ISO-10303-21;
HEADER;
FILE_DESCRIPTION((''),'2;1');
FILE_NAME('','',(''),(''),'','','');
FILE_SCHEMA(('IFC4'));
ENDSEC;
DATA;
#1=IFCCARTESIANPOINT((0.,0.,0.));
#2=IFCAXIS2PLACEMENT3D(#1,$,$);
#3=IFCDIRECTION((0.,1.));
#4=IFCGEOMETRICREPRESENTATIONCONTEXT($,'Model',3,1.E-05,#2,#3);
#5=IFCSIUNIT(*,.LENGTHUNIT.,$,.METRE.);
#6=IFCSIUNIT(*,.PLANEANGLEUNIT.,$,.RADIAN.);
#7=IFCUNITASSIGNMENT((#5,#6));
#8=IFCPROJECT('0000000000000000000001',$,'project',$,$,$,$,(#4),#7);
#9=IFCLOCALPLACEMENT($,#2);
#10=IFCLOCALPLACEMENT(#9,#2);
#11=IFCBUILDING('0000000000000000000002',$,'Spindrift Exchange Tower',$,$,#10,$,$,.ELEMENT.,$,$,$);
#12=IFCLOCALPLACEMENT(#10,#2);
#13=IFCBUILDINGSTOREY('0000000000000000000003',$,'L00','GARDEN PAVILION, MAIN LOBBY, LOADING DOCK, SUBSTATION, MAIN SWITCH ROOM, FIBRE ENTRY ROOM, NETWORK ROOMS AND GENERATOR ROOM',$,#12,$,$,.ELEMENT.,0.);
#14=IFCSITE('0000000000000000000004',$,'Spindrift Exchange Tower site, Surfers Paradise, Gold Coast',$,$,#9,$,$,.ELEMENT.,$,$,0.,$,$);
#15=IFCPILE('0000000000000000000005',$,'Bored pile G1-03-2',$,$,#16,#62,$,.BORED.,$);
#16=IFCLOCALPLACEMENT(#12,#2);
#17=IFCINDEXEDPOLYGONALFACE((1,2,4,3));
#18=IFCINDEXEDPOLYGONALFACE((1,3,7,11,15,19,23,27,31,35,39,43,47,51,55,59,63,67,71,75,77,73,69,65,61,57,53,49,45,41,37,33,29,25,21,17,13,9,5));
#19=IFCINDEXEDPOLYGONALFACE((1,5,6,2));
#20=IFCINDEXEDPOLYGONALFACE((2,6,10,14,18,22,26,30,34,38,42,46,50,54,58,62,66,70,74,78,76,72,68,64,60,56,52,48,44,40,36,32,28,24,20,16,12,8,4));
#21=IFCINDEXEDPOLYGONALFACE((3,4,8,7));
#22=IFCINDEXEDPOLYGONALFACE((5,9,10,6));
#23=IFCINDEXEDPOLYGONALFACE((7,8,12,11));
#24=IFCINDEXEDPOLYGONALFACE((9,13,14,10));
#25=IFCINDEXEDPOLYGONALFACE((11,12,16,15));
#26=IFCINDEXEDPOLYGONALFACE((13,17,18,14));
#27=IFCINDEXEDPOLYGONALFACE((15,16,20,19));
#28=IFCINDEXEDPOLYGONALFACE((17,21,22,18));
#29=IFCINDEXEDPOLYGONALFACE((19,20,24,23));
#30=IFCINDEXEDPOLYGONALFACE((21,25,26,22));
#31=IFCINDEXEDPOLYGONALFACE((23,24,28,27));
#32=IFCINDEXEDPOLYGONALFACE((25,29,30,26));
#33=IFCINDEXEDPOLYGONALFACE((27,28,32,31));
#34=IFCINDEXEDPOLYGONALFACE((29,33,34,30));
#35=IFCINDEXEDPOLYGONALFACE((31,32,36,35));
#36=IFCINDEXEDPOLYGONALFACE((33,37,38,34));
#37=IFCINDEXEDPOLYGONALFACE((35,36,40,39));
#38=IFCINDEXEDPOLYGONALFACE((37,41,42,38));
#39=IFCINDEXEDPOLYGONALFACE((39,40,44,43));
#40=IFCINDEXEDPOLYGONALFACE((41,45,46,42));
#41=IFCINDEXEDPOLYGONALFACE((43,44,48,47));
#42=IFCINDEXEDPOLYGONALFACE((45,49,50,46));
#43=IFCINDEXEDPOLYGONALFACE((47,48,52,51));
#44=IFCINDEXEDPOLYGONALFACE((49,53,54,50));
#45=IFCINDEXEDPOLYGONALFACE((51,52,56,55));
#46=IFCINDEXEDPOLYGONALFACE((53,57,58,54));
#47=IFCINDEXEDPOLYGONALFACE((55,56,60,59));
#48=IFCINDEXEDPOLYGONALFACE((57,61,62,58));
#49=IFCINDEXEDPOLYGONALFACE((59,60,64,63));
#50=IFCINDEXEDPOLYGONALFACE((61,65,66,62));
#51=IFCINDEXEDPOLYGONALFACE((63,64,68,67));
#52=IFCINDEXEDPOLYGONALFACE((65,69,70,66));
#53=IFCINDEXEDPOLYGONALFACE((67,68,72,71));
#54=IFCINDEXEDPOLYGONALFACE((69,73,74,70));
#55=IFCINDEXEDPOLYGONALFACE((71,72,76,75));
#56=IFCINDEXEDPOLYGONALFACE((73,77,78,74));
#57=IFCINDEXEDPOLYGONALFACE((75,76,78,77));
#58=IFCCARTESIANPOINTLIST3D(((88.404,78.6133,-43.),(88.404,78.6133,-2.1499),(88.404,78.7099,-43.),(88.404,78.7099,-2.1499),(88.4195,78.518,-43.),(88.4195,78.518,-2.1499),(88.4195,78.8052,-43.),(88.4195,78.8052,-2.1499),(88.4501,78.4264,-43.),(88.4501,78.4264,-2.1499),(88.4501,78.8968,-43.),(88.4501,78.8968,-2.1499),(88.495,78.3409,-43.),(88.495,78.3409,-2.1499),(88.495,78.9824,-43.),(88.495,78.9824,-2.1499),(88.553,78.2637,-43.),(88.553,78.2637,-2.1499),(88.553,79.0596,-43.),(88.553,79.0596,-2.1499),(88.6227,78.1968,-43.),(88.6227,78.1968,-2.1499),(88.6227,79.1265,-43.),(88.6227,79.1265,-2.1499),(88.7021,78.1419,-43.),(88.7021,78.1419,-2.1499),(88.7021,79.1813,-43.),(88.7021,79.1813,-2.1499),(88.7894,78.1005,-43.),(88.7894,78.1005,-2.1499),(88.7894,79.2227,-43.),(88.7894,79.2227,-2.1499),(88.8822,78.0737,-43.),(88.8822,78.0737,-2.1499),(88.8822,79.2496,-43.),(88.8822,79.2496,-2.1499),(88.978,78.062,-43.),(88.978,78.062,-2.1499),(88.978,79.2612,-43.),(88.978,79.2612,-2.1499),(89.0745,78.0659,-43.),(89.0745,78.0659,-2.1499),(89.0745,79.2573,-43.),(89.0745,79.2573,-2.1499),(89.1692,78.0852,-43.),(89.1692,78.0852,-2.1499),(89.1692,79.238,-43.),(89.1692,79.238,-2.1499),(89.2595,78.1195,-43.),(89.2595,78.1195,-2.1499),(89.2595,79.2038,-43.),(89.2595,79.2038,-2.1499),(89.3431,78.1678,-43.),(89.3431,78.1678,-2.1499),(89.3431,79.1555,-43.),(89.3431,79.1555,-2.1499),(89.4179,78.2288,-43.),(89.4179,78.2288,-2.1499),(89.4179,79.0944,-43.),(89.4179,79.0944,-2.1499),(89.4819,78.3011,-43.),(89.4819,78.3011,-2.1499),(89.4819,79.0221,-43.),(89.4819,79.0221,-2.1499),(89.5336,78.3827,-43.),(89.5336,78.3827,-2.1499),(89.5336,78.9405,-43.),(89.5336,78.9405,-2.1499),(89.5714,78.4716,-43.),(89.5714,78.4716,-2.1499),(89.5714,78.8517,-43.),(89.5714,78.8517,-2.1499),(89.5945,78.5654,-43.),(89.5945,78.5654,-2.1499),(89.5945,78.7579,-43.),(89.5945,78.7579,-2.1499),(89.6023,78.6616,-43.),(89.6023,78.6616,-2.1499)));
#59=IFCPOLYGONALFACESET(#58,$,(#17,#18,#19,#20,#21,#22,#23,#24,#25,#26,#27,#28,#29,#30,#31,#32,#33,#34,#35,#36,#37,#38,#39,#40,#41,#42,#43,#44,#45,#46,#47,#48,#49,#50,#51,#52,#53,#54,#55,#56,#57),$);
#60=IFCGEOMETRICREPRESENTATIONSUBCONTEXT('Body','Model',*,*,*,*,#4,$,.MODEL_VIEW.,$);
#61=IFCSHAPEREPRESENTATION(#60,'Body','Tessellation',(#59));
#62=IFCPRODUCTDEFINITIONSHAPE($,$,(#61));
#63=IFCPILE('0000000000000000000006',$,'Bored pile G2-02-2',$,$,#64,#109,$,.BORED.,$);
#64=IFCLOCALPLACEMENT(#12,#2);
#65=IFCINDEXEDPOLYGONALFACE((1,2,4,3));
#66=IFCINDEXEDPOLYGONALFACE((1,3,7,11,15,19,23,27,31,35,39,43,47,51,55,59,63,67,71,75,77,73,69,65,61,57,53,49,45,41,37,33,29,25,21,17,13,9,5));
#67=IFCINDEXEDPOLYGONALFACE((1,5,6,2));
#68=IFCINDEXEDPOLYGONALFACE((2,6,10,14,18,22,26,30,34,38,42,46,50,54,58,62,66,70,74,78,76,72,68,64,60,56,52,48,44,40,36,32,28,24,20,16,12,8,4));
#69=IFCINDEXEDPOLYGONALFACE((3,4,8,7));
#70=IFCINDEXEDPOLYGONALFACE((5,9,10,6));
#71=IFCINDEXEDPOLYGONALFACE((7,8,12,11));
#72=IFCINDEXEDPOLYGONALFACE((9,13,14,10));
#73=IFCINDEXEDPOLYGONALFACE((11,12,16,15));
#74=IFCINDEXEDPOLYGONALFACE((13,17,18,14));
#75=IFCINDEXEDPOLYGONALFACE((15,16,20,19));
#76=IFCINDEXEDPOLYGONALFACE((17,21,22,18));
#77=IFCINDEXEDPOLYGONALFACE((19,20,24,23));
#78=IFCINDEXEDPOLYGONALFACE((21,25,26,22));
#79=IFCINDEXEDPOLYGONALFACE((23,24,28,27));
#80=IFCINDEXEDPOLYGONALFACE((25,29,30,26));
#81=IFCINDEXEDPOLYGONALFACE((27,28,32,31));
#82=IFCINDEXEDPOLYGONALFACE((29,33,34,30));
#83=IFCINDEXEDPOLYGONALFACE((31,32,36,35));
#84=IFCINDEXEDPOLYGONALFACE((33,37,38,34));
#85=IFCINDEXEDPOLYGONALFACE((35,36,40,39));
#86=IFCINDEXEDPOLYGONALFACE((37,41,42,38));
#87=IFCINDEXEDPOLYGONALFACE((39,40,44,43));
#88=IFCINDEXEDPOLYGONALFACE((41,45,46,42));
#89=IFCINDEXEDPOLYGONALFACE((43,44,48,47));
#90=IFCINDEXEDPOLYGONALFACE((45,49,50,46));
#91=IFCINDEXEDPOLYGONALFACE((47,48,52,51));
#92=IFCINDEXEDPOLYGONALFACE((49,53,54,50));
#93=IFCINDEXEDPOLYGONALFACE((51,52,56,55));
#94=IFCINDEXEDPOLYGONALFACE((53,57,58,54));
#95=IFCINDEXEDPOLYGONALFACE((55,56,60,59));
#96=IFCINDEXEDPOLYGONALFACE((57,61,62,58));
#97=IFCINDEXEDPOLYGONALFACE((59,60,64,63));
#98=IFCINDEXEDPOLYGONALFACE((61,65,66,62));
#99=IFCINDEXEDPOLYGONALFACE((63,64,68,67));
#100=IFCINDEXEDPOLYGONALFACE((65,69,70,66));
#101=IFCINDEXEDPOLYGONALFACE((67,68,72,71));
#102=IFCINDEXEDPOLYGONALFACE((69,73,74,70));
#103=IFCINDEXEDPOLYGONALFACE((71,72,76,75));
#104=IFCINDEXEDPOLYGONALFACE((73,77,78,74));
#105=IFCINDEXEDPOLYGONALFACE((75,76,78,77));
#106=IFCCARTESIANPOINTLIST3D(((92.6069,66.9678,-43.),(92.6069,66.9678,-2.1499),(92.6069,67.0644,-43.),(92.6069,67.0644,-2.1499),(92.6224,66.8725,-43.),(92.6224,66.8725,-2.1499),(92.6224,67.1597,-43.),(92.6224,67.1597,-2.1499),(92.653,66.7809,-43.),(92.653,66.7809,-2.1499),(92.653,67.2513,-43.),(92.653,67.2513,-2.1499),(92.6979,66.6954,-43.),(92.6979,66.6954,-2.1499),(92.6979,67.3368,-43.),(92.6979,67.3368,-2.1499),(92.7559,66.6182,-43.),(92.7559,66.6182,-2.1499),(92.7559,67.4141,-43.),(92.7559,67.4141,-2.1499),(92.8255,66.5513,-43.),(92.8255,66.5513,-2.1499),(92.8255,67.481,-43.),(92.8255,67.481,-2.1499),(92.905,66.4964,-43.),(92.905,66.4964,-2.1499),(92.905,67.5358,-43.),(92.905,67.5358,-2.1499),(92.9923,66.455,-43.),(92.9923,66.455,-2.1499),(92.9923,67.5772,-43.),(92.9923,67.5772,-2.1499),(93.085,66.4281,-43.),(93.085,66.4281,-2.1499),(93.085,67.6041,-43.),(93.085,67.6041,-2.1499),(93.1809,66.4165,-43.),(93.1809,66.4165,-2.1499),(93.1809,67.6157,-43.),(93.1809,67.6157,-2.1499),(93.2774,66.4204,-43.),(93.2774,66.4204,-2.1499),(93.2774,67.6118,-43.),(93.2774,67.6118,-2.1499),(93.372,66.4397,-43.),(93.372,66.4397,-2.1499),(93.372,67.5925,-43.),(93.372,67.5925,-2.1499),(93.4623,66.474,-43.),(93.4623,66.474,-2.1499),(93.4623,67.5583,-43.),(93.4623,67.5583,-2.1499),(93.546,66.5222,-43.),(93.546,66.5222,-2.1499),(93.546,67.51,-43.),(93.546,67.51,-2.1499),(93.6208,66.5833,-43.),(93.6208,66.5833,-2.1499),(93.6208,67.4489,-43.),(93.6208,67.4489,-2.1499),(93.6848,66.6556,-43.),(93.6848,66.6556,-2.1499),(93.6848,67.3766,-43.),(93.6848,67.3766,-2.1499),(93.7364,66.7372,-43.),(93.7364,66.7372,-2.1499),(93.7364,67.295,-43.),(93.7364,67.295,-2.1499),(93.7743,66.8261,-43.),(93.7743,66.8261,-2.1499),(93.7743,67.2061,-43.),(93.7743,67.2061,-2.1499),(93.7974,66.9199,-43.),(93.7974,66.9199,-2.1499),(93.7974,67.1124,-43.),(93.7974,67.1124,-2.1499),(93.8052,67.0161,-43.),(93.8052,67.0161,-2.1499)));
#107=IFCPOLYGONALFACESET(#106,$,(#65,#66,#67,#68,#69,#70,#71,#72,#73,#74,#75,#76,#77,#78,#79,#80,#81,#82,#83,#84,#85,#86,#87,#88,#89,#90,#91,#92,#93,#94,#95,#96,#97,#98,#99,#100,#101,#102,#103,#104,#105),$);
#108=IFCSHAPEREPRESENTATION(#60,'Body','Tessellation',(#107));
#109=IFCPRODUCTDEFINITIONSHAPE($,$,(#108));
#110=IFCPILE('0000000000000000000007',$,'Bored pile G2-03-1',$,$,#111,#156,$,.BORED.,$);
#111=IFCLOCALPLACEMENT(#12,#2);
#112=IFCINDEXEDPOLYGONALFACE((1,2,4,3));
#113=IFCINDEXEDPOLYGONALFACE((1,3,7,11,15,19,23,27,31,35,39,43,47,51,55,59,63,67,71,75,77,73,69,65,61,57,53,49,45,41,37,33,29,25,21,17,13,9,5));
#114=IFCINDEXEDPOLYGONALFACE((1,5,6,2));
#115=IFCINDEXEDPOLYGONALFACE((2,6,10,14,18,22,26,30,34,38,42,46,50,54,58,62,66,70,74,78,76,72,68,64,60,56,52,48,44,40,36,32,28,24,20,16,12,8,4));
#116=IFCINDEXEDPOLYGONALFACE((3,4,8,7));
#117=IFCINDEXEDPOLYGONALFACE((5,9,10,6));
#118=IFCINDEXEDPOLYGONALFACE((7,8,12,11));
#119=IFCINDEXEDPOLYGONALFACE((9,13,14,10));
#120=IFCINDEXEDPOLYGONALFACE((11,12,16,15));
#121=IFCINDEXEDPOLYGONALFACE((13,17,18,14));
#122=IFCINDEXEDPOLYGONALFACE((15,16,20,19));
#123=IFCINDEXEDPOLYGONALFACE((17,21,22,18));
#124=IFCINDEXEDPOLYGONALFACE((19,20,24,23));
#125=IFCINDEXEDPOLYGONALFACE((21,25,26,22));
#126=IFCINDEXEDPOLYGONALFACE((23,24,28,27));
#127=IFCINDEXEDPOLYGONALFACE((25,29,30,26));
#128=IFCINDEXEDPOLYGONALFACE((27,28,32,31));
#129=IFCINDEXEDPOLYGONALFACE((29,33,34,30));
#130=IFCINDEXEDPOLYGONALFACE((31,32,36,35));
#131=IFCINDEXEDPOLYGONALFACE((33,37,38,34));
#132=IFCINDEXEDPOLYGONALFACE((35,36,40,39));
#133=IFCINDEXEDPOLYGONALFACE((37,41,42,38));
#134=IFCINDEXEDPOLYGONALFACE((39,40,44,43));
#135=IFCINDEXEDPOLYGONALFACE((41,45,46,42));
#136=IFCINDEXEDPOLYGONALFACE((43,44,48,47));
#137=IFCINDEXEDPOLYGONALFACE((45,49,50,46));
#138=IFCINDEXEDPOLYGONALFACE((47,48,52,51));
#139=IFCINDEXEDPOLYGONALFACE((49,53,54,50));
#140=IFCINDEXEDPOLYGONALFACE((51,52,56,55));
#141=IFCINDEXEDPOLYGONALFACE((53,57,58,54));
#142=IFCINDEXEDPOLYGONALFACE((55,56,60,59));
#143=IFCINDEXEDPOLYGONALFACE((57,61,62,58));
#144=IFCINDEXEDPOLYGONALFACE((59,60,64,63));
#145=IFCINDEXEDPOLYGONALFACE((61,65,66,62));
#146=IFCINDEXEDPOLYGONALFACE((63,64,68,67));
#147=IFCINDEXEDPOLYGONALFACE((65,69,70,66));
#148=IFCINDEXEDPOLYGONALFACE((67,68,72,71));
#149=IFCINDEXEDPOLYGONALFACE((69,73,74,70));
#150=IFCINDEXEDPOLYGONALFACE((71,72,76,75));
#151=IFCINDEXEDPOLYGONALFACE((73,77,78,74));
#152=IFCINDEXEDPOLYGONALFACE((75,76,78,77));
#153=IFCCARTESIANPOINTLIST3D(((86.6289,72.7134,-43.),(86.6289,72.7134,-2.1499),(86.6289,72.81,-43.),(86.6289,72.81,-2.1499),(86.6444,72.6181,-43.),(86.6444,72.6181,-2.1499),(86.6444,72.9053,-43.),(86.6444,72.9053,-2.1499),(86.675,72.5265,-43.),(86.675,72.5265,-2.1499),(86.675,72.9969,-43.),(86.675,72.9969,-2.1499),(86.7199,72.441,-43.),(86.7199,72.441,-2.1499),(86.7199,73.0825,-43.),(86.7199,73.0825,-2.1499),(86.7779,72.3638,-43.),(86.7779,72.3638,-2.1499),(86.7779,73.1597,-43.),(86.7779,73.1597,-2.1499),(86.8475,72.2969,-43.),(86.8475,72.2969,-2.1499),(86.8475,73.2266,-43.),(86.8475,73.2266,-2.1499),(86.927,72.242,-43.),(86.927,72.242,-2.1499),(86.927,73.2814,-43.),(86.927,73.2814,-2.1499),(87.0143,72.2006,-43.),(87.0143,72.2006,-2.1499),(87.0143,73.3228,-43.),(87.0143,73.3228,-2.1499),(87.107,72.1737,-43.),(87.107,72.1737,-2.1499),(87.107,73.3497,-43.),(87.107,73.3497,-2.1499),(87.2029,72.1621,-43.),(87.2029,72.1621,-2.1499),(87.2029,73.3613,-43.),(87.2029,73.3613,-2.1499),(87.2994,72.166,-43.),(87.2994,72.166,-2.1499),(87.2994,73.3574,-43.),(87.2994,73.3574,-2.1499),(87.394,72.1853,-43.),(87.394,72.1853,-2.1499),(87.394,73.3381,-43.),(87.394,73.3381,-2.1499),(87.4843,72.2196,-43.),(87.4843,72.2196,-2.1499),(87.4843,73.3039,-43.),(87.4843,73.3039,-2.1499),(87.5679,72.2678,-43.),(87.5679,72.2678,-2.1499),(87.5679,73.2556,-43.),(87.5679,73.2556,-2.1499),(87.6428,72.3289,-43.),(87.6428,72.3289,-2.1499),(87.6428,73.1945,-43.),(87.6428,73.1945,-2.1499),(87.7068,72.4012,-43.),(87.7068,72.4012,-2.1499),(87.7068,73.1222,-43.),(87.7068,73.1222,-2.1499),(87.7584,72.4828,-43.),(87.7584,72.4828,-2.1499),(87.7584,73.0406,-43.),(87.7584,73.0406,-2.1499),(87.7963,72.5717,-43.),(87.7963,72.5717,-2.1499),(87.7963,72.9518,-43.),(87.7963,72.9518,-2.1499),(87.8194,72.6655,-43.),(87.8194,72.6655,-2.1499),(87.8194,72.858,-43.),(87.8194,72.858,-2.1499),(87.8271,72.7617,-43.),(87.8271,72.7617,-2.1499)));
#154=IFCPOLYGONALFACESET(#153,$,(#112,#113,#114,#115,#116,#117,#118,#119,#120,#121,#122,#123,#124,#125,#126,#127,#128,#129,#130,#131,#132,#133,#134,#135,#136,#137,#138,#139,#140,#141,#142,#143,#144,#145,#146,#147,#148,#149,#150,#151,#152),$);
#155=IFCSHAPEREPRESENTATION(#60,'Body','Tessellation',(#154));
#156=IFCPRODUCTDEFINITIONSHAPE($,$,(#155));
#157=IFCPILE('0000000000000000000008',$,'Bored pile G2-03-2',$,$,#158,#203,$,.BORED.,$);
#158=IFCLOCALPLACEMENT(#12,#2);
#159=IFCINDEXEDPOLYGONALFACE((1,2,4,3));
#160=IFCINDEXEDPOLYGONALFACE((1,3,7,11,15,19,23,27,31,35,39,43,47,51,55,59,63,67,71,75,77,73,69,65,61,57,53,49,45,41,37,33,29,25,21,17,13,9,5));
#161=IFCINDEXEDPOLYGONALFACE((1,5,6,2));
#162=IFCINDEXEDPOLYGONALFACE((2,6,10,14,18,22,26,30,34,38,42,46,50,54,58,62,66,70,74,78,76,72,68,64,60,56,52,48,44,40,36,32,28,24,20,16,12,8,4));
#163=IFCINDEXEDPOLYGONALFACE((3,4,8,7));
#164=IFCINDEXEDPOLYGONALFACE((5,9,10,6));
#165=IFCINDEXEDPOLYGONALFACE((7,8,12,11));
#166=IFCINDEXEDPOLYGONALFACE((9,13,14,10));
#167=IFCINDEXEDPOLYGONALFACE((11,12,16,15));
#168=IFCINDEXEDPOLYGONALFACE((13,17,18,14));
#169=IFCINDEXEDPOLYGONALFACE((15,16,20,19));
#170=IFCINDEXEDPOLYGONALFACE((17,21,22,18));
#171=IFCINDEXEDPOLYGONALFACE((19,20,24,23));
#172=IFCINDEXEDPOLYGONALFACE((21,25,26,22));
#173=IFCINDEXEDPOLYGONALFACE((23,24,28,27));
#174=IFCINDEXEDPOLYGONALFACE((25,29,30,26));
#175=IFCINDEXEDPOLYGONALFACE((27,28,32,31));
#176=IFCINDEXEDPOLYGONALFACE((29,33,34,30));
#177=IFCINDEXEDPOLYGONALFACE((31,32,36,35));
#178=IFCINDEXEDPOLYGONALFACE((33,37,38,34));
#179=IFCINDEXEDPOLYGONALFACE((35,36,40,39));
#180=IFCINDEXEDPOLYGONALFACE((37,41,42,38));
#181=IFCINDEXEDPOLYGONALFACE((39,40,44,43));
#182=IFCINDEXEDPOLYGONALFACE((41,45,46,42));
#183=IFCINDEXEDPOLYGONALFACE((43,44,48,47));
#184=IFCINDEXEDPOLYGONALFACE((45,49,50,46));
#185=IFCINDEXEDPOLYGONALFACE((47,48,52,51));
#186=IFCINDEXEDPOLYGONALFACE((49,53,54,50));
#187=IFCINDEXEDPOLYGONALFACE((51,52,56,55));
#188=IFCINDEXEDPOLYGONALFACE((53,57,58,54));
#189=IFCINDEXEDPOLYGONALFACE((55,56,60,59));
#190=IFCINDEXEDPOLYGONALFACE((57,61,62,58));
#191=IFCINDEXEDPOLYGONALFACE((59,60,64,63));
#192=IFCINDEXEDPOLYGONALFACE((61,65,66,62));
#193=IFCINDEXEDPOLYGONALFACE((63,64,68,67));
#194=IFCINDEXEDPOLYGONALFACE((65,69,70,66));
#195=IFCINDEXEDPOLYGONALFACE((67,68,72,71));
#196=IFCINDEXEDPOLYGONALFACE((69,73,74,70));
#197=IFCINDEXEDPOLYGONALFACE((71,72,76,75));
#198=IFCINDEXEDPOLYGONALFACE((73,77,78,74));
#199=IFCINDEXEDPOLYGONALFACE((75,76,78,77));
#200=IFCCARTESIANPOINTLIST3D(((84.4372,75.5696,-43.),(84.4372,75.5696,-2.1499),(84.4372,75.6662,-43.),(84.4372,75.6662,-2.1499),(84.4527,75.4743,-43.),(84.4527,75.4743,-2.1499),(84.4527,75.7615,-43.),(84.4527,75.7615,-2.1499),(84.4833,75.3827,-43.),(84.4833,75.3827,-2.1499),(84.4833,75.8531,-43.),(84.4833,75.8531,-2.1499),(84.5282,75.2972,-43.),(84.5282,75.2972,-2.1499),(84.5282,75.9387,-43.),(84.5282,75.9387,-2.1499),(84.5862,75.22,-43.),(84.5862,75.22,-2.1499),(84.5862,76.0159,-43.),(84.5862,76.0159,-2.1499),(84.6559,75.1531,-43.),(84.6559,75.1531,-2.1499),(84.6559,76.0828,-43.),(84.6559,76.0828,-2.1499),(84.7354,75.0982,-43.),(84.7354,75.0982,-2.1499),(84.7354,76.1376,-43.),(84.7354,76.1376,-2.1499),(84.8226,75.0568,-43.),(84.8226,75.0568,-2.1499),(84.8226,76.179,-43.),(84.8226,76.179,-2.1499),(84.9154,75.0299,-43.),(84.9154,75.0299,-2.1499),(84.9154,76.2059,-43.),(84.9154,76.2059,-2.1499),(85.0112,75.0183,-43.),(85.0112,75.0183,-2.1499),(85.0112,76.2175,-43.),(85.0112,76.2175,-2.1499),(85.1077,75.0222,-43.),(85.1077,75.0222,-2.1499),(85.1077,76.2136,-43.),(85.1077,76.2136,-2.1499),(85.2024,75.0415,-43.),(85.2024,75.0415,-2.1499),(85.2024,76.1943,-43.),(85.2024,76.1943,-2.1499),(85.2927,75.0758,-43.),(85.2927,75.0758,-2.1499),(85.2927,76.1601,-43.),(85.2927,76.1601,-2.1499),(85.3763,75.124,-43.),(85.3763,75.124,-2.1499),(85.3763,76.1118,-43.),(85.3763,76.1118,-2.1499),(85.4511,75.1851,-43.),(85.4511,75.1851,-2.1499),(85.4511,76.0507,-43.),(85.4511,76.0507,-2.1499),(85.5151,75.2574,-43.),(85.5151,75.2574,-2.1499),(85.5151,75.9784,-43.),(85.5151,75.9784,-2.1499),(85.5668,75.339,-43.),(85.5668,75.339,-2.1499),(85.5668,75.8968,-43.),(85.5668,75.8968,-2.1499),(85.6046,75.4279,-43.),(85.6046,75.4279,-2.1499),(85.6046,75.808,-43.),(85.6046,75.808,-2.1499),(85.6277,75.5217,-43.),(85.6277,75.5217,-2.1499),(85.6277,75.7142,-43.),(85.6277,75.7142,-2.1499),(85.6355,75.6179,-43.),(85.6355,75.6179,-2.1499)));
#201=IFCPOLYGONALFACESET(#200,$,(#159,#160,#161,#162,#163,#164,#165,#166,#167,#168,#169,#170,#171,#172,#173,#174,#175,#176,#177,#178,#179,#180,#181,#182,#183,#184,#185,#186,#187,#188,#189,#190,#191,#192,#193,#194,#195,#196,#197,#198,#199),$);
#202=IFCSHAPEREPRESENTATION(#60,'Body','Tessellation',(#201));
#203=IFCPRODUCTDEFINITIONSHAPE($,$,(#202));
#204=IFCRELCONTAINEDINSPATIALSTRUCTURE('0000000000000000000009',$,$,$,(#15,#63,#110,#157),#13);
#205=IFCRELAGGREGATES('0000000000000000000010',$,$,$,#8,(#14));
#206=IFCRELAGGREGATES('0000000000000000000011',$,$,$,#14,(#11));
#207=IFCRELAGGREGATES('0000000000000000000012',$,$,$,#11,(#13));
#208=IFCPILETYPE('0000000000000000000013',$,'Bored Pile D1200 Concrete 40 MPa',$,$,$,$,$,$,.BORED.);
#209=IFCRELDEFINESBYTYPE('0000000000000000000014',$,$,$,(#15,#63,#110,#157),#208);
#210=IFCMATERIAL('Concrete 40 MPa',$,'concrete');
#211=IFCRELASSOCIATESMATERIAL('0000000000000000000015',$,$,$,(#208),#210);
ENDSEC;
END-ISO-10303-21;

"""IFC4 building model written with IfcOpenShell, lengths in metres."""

from ifc_helpers import new_model, si_unit, direction, frame, origin, origin_2d, place, context, subcontext, project, spatial, circle, extrude, source, transform, mapped, material, material_profile, profile_set, type_object, element, save


model = new_model("IFC4")

# Units and contexts
model_context = context("Model", 3, precision=1e-05, world=origin(), true_north=direction((0.0, 1.0)))
body_context = subcontext(model_context, "Body", "Model", "MODEL_VIEW")
ifc_project = project(units=[si_unit("LENGTHUNIT", "METRE"), si_unit("PLANEANGLEUNIT", "RADIAN")], contexts=[model_context])

# Site, building, storey
site_placement = place(None, origin())
site = spatial("IfcSite", under=ifc_project, at=site_placement, Name="Spindrift Exchange Tower site, Surfers Paradise, Gold Coast", CompositionType="ELEMENT", RefElevation=0.0)
building_placement = place(site_placement, origin())
building = spatial("IfcBuilding", under=site, at=building_placement, Name="Spindrift Exchange Tower", CompositionType="ELEMENT")
storey_placement = place(building_placement, origin())
storey = spatial("IfcBuildingStorey", under=building, at=storey_placement, Name="L00", Description="GARDEN PAVILION, MAIN LOBBY, LOADING DOCK, SUBSTATION, MAIN SWITCH ROOM, FIBRE ENTRY ROOM, NETWORK ROOMS AND GENERATOR ROOM", CompositionType="ELEMENT", Elevation=0.0)

# Piles
ifc_material_1 = material(Name="Concrete 40 MPa", Category="concrete")
ifc_material_profile_1 = material_profile(ifc_material_1, circle(Radius=0.6001, at=origin_2d()), Name="BP D1200")
ifc_profile_set_1 = profile_set([ifc_material_profile_1], Name="Concrete 40 MPa")
pile_type = type_object("IfcPileType", Name="Bored Pile D1200 Concrete 40 MPa", PredefinedType="BORED", material=ifc_profile_set_1)
shared_shape_1 = source(origin(), body_context, "Body", "SweptSolid", [
    extrude(circle(Radius=0.6001, at=origin_2d()), origin(), (0.0, 0.0, 1.0), 40.8501),
])
for number, where, z_axis, x_axis, name in (
    (1, (89.0022, 78.6616, -2.1499), (0.0, 0.0, -1.0), (1.0, 0.0, 0.0), "Bored pile G1-03-2"),
    (2, (93.2051, 67.0161, -2.1499), (0.0, 0.0, -1.0), (1.0, 0.0, 0.0), "Bored pile G2-02-2"),
    (3, (87.2271, 72.7617, -2.1499), (0.0, 0.0, -1.0), (1.0, 0.0, 0.0), "Bored pile G2-03-1"),
    (4, (85.0354, 75.6179, -2.1499), (0.0, 0.0, -1.0), (1.0, 0.0, 0.0), "Bored pile G2-03-2"),
):
    element("IfcPile", number, at=place(storey_placement, frame(where, z_axis=z_axis, x_axis=x_axis)), inside=storey, type_object=pile_type, Name=name, PredefinedType="BORED", context=body_context, shape_type="MappedRepresentation", body=[
        mapped(shared_shape_1, transform((0.0, 0.0, 0.0), scale=1.0)),
    ])

save(model, "model.ifc")
